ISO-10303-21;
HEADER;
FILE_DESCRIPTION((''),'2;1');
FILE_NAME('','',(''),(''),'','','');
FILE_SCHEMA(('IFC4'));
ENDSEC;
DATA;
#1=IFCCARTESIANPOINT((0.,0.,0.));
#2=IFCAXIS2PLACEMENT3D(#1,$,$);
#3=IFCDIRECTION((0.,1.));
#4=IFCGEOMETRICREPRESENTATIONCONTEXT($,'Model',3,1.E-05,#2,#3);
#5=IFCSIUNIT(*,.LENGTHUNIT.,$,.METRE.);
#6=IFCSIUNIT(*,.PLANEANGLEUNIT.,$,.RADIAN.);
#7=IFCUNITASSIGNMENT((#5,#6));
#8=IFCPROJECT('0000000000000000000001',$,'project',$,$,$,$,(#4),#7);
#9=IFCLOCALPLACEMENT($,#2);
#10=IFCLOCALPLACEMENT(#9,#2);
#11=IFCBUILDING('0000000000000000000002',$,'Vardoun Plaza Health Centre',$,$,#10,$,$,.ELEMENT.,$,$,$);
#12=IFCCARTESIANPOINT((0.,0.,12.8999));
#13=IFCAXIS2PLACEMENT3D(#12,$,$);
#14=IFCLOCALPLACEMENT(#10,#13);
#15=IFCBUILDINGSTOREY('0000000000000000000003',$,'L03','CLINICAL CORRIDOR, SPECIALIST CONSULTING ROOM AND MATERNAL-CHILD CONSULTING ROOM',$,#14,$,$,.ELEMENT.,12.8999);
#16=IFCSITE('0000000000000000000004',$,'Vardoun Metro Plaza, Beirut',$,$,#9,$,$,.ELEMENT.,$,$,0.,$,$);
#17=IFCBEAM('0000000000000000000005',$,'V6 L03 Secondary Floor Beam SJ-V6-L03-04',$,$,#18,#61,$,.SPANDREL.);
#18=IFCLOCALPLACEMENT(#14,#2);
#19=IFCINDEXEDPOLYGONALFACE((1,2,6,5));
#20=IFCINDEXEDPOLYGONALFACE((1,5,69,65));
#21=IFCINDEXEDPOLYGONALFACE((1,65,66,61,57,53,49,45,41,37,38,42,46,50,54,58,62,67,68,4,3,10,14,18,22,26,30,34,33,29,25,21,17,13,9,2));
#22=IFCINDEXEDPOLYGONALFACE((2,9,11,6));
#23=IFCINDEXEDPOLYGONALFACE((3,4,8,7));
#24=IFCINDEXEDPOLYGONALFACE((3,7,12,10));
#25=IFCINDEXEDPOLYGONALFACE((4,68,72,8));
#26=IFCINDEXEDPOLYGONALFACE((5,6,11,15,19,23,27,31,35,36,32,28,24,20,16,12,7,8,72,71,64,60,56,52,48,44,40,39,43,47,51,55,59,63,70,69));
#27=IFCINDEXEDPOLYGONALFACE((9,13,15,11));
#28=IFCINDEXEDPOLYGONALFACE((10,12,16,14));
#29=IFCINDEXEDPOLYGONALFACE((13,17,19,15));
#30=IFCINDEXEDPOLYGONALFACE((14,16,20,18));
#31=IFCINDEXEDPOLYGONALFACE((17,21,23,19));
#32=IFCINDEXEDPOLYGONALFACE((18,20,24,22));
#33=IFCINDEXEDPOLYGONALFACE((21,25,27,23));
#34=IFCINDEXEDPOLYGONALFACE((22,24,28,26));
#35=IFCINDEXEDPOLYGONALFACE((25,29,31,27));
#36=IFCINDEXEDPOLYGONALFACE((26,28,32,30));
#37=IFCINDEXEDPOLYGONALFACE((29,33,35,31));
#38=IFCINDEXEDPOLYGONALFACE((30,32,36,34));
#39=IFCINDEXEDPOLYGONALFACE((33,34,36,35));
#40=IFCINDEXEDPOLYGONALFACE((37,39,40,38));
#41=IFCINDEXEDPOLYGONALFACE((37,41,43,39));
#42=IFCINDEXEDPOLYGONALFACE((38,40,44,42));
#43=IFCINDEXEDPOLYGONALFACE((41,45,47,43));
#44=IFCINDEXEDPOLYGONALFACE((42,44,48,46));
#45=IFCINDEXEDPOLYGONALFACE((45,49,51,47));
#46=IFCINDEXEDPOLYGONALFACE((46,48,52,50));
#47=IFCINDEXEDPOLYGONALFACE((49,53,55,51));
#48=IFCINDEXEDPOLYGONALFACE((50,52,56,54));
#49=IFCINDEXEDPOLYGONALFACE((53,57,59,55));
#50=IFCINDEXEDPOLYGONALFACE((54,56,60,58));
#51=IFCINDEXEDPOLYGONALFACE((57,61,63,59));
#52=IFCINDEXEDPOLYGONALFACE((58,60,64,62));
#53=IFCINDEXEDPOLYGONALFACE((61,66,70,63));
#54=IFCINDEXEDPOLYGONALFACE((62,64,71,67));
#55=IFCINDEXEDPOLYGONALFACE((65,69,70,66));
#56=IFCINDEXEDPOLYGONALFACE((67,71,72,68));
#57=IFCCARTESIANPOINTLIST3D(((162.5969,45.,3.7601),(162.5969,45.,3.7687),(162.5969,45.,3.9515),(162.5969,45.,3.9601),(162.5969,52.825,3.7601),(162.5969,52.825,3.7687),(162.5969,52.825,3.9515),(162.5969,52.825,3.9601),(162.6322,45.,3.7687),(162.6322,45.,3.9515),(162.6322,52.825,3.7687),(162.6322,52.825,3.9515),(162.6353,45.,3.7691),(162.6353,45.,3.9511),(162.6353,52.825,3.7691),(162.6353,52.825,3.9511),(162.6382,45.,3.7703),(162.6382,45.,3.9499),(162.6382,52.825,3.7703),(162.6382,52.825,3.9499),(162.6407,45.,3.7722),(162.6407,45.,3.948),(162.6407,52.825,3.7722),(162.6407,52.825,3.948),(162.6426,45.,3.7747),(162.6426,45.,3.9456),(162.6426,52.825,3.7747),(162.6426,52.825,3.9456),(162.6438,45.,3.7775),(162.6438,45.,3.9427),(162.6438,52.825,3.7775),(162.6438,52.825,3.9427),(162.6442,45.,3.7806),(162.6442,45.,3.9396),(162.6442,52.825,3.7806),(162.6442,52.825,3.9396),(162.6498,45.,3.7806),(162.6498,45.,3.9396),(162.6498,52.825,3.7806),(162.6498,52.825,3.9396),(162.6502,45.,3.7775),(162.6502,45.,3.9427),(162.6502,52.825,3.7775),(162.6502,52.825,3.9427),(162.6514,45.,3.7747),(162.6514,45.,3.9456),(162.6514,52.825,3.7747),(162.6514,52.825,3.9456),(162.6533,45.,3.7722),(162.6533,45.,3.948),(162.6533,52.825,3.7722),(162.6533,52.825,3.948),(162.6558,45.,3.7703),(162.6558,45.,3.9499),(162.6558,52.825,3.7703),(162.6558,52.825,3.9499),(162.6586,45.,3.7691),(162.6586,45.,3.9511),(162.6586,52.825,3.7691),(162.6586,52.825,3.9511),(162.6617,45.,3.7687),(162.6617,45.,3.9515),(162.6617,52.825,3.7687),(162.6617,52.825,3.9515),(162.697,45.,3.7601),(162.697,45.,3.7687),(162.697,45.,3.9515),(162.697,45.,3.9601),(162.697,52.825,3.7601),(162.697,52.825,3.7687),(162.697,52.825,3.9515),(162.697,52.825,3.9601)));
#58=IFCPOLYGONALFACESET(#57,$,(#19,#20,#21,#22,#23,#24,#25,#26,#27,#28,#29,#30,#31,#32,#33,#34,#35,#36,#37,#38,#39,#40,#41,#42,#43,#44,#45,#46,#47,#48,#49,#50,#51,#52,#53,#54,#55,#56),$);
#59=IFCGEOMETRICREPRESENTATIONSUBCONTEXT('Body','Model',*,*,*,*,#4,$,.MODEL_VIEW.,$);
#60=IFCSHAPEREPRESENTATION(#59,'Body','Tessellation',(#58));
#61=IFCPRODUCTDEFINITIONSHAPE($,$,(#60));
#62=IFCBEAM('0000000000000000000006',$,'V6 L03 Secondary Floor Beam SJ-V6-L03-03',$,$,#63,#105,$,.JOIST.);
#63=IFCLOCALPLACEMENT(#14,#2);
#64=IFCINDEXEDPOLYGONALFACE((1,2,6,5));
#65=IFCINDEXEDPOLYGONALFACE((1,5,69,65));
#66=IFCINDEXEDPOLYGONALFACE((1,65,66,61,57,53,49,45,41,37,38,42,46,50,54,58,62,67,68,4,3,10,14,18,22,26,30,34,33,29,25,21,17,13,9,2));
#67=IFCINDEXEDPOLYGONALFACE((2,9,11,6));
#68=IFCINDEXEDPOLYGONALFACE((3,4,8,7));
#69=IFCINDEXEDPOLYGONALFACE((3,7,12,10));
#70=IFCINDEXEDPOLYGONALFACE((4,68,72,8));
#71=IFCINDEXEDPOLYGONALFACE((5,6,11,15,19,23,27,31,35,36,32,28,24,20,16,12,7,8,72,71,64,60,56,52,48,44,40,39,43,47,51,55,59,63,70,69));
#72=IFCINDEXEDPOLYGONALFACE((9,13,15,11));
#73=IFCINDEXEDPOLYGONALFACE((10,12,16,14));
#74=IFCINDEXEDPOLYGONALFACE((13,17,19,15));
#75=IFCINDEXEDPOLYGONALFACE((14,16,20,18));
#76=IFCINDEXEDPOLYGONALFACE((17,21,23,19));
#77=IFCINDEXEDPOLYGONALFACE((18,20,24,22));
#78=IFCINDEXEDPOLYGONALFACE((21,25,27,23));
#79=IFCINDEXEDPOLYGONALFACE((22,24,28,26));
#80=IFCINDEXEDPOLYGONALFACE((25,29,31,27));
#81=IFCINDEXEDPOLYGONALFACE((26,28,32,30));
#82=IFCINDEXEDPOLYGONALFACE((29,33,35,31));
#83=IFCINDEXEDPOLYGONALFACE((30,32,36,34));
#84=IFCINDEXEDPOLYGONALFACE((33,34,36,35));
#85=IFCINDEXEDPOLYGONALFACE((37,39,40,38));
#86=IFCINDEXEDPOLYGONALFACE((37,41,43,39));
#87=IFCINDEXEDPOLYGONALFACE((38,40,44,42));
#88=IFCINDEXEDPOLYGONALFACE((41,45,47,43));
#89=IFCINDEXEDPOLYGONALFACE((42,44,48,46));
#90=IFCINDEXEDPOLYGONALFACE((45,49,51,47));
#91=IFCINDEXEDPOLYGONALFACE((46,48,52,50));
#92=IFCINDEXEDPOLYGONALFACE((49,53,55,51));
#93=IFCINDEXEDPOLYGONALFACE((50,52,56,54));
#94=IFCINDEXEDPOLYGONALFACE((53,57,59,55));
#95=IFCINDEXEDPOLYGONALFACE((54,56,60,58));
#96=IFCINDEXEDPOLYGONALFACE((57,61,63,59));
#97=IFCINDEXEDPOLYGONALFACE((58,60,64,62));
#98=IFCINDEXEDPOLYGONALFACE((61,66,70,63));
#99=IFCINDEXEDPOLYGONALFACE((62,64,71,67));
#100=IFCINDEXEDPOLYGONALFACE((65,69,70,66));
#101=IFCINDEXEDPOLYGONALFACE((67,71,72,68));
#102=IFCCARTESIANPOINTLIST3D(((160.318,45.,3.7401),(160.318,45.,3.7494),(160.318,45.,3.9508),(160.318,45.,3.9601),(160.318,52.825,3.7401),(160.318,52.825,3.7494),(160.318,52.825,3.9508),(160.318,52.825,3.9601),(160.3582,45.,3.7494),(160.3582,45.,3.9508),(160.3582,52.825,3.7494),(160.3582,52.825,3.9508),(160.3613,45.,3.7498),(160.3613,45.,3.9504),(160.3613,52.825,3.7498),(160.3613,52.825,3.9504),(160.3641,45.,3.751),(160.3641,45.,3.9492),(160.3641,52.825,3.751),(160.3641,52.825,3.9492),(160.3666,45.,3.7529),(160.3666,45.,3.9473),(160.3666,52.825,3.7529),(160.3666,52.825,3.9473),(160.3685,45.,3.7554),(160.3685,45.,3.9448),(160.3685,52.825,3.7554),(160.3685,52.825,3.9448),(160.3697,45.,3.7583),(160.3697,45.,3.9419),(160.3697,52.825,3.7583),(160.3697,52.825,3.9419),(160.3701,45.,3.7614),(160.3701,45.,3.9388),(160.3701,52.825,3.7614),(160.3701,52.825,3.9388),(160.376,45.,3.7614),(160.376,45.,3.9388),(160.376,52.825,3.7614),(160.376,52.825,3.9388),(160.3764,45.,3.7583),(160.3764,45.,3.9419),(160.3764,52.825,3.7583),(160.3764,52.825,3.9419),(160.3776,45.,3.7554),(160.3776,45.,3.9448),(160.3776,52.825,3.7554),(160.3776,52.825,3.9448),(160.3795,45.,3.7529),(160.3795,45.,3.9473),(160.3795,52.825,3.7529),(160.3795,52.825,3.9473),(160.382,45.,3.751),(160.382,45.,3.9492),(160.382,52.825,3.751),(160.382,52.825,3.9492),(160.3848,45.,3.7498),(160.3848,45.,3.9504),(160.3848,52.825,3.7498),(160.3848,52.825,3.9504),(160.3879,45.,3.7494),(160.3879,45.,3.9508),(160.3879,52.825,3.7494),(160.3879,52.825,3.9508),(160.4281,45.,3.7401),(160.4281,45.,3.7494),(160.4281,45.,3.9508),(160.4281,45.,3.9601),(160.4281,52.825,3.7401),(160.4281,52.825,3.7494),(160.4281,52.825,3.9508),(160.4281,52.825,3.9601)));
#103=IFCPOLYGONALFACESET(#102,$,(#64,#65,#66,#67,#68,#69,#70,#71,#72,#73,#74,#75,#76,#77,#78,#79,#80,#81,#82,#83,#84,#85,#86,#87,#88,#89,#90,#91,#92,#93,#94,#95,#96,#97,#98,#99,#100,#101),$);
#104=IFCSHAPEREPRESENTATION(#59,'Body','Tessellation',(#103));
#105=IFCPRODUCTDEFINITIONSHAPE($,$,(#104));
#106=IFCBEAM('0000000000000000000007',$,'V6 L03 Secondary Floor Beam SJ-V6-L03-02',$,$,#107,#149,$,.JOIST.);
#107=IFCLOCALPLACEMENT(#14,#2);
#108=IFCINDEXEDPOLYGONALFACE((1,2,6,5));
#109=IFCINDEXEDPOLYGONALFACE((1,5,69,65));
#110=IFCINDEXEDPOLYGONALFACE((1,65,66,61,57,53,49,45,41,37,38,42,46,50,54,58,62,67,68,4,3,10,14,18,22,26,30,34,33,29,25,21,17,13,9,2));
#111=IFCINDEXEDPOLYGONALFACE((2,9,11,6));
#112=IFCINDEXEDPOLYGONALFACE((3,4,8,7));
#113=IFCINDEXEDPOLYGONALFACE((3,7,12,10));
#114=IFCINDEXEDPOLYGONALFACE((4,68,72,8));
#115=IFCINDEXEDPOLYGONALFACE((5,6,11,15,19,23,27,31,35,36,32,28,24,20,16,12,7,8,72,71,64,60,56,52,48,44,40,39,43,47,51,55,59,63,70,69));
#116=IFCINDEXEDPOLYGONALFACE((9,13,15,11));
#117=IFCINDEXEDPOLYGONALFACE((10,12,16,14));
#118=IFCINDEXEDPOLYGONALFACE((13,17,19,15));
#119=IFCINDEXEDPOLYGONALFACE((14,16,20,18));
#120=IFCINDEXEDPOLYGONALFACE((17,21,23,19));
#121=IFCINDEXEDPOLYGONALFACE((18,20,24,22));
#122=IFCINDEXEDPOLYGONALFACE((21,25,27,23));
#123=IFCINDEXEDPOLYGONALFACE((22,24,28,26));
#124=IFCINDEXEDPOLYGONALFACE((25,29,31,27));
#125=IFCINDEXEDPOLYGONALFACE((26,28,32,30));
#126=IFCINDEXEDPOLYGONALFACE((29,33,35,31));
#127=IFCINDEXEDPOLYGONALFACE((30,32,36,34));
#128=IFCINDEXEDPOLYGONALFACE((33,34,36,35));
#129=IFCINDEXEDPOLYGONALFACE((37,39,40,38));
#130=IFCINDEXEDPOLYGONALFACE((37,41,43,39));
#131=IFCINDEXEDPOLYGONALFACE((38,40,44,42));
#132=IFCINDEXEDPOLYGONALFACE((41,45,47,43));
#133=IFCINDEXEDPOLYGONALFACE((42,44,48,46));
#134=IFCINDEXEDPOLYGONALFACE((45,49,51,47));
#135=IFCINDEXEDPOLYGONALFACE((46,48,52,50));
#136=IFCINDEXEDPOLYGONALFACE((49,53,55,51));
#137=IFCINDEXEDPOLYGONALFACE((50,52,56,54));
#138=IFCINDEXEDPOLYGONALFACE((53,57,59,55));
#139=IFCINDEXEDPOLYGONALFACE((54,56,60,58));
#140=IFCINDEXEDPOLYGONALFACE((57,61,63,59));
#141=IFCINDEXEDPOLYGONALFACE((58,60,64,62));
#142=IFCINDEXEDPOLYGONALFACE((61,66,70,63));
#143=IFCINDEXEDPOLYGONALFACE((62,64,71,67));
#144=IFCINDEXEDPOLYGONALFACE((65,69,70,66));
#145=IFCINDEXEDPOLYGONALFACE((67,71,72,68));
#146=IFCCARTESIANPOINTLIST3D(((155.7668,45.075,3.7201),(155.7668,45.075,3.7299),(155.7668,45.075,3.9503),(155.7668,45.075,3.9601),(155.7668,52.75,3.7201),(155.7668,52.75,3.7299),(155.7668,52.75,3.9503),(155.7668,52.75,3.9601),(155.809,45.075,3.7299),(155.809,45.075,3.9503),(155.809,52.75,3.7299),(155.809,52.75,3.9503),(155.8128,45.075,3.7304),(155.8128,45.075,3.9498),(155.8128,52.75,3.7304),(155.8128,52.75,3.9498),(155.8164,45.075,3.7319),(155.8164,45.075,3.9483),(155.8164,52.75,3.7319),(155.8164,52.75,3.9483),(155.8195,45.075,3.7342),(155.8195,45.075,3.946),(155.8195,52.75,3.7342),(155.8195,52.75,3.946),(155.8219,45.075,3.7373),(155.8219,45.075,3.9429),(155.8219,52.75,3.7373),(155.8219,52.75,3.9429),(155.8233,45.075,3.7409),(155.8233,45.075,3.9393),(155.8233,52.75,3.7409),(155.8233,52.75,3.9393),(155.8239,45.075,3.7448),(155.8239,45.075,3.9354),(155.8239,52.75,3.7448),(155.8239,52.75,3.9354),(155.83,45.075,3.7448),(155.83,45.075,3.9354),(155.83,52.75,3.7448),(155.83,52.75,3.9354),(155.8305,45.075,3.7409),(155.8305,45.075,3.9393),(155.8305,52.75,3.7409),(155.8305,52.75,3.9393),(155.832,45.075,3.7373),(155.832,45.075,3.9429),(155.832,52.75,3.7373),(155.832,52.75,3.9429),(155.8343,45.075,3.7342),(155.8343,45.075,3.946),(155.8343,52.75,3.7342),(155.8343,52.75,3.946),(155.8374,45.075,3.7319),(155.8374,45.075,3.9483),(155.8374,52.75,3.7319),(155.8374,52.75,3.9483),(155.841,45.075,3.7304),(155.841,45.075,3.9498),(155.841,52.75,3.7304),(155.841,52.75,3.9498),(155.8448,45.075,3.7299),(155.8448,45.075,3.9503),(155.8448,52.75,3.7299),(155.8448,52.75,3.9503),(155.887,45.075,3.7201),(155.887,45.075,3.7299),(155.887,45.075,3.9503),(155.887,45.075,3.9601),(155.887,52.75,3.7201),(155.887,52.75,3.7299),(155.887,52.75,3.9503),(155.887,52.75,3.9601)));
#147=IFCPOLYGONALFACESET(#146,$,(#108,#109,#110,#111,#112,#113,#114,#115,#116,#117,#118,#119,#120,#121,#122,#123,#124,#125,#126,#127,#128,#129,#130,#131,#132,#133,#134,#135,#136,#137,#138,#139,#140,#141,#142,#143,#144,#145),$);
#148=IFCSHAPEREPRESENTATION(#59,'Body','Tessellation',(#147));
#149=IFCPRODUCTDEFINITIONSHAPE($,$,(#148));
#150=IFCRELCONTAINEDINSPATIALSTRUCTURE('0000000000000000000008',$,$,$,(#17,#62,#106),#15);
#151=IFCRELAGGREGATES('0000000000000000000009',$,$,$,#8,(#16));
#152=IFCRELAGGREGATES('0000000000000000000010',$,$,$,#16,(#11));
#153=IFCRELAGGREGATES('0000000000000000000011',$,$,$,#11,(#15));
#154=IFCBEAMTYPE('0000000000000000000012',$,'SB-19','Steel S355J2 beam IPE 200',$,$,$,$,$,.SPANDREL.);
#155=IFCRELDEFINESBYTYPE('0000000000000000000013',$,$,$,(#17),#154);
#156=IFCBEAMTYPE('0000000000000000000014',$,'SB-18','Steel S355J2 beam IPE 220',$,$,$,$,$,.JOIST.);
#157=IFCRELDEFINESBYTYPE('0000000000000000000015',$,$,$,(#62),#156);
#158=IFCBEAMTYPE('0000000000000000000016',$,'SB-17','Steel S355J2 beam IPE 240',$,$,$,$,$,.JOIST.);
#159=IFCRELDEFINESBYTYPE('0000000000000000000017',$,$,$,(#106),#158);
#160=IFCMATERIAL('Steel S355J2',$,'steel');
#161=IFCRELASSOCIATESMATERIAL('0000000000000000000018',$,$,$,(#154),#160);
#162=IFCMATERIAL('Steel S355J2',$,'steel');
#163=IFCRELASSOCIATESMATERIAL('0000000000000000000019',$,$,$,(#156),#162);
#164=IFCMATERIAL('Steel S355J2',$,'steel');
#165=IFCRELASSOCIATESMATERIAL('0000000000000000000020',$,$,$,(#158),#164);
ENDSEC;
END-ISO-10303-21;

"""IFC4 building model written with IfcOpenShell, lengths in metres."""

from ifc_helpers import new_model, si_unit, direction, frame, origin, origin_2d, place, context, subcontext, project, spatial, i_section, extrude, material, material_profile, profile_set, type_object, element, save


model = new_model("IFC4")

# Units and contexts
model_context = context("Model", 3, precision=1e-05, world=origin(), true_north=direction((0.0, 1.0)))
body_context = subcontext(model_context, "Body", "Model", "MODEL_VIEW")
ifc_project = project(units=[si_unit("LENGTHUNIT", "METRE"), si_unit("PLANEANGLEUNIT", "RADIAN")], contexts=[model_context])

# Site, building, storey
site_placement = place(None, origin())
site = spatial("IfcSite", under=ifc_project, at=site_placement, Name="Vardoun Metro Plaza, Beirut", CompositionType="ELEMENT", RefElevation=0.0)
building_placement = place(site_placement, origin())
building = spatial("IfcBuilding", under=site, at=building_placement, Name="Vardoun Plaza Health Centre", CompositionType="ELEMENT")
storey_placement = place(building_placement, frame((0.0, 0.0, 12.8999)))
storey = spatial("IfcBuildingStorey", under=building, at=storey_placement, Name="L03", Description="CLINICAL CORRIDOR, SPECIALIST CONSULTING ROOM AND MATERNAL-CHILD CONSULTING ROOM", CompositionType="ELEMENT", Elevation=12.8999)

# Beams
ifc_material_1 = material(Name="Steel S355J2", Category="steel")
ifc_material_profile_1 = material_profile(ifc_material_1, i_section(OverallWidth=0.1001, OverallDepth=0.2, WebThickness=0.0056, FlangeThickness=0.0085, FilletRadius=0.012, at=origin_2d()), Name="IPE 200")
ifc_profile_set_1 = profile_set([ifc_material_profile_1], Name="Steel S355J2")
beam_type_1 = type_object("IfcBeamType", Name="SB-19", Description="Steel S355J2 beam IPE 200", PredefinedType="SPANDREL", material=ifc_profile_set_1)
beam_1_placement = place(storey_placement, frame((162.647, 45.0, 3.8601), z_axis=(0.0, 1.0, 0.0), x_axis=(-1.0, 0.0, 0.0)))
element("IfcBeam", 1, at=beam_1_placement, inside=storey, type_object=beam_type_1, Name="V6 L03 Secondary Floor Beam SJ-V6-L03-04", PredefinedType="SPANDREL", context=body_context, shape_type="SweptSolid", body=[
    extrude(i_section(OverallWidth=0.1001, OverallDepth=0.2, WebThickness=0.0056, FlangeThickness=0.0085, FilletRadius=0.012, at=origin_2d()), origin(), (0.0, 0.0, 1.0), 7.825),
])
ifc_material_2 = material(Name="Steel S355J2", Category="steel")
ifc_material_profile_2 = material_profile(ifc_material_2, i_section(OverallWidth=0.1101, OverallDepth=0.22, WebThickness=0.0059, FlangeThickness=0.0093, FilletRadius=0.012, at=origin_2d()), Name="IPE 220")
ifc_profile_set_2 = profile_set([ifc_material_profile_2], Name="Steel S355J2")
beam_type_2 = type_object("IfcBeamType", Name="SB-18", Description="Steel S355J2 beam IPE 220", PredefinedType="JOIST", material=ifc_profile_set_2)
beam_2_placement = place(storey_placement, frame((160.373, 45.0, 3.8501), z_axis=(0.0, 1.0, 0.0), x_axis=(-1.0, 0.0, 0.0)))
element("IfcBeam", 2, at=beam_2_placement, inside=storey, type_object=beam_type_2, Name="V6 L03 Secondary Floor Beam SJ-V6-L03-03", PredefinedType="JOIST", context=body_context, shape_type="SweptSolid", body=[
    extrude(i_section(OverallWidth=0.1101, OverallDepth=0.22, WebThickness=0.0059, FlangeThickness=0.0093, FilletRadius=0.012, at=origin_2d()), origin(), (0.0, 0.0, 1.0), 7.825),
])
ifc_material_3 = material(Name="Steel S355J2", Category="steel")
ifc_material_profile_3 = material_profile(ifc_material_3, i_section(OverallWidth=0.1201, OverallDepth=0.24, WebThickness=0.0061, FlangeThickness=0.0098, FilletRadius=0.0149, at=origin_2d()), Name="IPE 240")
ifc_profile_set_3 = profile_set([ifc_material_profile_3], Name="Steel S355J2")
beam_type_3 = type_object("IfcBeamType", Name="SB-17", Description="Steel S355J2 beam IPE 240", PredefinedType="JOIST", material=ifc_profile_set_3)
beam_3_placement = place(storey_placement, frame((155.8269, 45.075, 3.8401), z_axis=(0.0, 1.0, 0.0), x_axis=(-1.0, 0.0, 0.0)))
element("IfcBeam", 3, at=beam_3_placement, inside=storey, type_object=beam_type_3, Name="V6 L03 Secondary Floor Beam SJ-V6-L03-02", PredefinedType="JOIST", context=body_context, shape_type="SweptSolid", body=[
    extrude(i_section(OverallWidth=0.1201, OverallDepth=0.24, WebThickness=0.0061, FlangeThickness=0.0098, FilletRadius=0.0149, at=origin_2d()), origin(), (0.0, 0.0, 1.0), 7.675),
])

save(model, "model.ifc")
